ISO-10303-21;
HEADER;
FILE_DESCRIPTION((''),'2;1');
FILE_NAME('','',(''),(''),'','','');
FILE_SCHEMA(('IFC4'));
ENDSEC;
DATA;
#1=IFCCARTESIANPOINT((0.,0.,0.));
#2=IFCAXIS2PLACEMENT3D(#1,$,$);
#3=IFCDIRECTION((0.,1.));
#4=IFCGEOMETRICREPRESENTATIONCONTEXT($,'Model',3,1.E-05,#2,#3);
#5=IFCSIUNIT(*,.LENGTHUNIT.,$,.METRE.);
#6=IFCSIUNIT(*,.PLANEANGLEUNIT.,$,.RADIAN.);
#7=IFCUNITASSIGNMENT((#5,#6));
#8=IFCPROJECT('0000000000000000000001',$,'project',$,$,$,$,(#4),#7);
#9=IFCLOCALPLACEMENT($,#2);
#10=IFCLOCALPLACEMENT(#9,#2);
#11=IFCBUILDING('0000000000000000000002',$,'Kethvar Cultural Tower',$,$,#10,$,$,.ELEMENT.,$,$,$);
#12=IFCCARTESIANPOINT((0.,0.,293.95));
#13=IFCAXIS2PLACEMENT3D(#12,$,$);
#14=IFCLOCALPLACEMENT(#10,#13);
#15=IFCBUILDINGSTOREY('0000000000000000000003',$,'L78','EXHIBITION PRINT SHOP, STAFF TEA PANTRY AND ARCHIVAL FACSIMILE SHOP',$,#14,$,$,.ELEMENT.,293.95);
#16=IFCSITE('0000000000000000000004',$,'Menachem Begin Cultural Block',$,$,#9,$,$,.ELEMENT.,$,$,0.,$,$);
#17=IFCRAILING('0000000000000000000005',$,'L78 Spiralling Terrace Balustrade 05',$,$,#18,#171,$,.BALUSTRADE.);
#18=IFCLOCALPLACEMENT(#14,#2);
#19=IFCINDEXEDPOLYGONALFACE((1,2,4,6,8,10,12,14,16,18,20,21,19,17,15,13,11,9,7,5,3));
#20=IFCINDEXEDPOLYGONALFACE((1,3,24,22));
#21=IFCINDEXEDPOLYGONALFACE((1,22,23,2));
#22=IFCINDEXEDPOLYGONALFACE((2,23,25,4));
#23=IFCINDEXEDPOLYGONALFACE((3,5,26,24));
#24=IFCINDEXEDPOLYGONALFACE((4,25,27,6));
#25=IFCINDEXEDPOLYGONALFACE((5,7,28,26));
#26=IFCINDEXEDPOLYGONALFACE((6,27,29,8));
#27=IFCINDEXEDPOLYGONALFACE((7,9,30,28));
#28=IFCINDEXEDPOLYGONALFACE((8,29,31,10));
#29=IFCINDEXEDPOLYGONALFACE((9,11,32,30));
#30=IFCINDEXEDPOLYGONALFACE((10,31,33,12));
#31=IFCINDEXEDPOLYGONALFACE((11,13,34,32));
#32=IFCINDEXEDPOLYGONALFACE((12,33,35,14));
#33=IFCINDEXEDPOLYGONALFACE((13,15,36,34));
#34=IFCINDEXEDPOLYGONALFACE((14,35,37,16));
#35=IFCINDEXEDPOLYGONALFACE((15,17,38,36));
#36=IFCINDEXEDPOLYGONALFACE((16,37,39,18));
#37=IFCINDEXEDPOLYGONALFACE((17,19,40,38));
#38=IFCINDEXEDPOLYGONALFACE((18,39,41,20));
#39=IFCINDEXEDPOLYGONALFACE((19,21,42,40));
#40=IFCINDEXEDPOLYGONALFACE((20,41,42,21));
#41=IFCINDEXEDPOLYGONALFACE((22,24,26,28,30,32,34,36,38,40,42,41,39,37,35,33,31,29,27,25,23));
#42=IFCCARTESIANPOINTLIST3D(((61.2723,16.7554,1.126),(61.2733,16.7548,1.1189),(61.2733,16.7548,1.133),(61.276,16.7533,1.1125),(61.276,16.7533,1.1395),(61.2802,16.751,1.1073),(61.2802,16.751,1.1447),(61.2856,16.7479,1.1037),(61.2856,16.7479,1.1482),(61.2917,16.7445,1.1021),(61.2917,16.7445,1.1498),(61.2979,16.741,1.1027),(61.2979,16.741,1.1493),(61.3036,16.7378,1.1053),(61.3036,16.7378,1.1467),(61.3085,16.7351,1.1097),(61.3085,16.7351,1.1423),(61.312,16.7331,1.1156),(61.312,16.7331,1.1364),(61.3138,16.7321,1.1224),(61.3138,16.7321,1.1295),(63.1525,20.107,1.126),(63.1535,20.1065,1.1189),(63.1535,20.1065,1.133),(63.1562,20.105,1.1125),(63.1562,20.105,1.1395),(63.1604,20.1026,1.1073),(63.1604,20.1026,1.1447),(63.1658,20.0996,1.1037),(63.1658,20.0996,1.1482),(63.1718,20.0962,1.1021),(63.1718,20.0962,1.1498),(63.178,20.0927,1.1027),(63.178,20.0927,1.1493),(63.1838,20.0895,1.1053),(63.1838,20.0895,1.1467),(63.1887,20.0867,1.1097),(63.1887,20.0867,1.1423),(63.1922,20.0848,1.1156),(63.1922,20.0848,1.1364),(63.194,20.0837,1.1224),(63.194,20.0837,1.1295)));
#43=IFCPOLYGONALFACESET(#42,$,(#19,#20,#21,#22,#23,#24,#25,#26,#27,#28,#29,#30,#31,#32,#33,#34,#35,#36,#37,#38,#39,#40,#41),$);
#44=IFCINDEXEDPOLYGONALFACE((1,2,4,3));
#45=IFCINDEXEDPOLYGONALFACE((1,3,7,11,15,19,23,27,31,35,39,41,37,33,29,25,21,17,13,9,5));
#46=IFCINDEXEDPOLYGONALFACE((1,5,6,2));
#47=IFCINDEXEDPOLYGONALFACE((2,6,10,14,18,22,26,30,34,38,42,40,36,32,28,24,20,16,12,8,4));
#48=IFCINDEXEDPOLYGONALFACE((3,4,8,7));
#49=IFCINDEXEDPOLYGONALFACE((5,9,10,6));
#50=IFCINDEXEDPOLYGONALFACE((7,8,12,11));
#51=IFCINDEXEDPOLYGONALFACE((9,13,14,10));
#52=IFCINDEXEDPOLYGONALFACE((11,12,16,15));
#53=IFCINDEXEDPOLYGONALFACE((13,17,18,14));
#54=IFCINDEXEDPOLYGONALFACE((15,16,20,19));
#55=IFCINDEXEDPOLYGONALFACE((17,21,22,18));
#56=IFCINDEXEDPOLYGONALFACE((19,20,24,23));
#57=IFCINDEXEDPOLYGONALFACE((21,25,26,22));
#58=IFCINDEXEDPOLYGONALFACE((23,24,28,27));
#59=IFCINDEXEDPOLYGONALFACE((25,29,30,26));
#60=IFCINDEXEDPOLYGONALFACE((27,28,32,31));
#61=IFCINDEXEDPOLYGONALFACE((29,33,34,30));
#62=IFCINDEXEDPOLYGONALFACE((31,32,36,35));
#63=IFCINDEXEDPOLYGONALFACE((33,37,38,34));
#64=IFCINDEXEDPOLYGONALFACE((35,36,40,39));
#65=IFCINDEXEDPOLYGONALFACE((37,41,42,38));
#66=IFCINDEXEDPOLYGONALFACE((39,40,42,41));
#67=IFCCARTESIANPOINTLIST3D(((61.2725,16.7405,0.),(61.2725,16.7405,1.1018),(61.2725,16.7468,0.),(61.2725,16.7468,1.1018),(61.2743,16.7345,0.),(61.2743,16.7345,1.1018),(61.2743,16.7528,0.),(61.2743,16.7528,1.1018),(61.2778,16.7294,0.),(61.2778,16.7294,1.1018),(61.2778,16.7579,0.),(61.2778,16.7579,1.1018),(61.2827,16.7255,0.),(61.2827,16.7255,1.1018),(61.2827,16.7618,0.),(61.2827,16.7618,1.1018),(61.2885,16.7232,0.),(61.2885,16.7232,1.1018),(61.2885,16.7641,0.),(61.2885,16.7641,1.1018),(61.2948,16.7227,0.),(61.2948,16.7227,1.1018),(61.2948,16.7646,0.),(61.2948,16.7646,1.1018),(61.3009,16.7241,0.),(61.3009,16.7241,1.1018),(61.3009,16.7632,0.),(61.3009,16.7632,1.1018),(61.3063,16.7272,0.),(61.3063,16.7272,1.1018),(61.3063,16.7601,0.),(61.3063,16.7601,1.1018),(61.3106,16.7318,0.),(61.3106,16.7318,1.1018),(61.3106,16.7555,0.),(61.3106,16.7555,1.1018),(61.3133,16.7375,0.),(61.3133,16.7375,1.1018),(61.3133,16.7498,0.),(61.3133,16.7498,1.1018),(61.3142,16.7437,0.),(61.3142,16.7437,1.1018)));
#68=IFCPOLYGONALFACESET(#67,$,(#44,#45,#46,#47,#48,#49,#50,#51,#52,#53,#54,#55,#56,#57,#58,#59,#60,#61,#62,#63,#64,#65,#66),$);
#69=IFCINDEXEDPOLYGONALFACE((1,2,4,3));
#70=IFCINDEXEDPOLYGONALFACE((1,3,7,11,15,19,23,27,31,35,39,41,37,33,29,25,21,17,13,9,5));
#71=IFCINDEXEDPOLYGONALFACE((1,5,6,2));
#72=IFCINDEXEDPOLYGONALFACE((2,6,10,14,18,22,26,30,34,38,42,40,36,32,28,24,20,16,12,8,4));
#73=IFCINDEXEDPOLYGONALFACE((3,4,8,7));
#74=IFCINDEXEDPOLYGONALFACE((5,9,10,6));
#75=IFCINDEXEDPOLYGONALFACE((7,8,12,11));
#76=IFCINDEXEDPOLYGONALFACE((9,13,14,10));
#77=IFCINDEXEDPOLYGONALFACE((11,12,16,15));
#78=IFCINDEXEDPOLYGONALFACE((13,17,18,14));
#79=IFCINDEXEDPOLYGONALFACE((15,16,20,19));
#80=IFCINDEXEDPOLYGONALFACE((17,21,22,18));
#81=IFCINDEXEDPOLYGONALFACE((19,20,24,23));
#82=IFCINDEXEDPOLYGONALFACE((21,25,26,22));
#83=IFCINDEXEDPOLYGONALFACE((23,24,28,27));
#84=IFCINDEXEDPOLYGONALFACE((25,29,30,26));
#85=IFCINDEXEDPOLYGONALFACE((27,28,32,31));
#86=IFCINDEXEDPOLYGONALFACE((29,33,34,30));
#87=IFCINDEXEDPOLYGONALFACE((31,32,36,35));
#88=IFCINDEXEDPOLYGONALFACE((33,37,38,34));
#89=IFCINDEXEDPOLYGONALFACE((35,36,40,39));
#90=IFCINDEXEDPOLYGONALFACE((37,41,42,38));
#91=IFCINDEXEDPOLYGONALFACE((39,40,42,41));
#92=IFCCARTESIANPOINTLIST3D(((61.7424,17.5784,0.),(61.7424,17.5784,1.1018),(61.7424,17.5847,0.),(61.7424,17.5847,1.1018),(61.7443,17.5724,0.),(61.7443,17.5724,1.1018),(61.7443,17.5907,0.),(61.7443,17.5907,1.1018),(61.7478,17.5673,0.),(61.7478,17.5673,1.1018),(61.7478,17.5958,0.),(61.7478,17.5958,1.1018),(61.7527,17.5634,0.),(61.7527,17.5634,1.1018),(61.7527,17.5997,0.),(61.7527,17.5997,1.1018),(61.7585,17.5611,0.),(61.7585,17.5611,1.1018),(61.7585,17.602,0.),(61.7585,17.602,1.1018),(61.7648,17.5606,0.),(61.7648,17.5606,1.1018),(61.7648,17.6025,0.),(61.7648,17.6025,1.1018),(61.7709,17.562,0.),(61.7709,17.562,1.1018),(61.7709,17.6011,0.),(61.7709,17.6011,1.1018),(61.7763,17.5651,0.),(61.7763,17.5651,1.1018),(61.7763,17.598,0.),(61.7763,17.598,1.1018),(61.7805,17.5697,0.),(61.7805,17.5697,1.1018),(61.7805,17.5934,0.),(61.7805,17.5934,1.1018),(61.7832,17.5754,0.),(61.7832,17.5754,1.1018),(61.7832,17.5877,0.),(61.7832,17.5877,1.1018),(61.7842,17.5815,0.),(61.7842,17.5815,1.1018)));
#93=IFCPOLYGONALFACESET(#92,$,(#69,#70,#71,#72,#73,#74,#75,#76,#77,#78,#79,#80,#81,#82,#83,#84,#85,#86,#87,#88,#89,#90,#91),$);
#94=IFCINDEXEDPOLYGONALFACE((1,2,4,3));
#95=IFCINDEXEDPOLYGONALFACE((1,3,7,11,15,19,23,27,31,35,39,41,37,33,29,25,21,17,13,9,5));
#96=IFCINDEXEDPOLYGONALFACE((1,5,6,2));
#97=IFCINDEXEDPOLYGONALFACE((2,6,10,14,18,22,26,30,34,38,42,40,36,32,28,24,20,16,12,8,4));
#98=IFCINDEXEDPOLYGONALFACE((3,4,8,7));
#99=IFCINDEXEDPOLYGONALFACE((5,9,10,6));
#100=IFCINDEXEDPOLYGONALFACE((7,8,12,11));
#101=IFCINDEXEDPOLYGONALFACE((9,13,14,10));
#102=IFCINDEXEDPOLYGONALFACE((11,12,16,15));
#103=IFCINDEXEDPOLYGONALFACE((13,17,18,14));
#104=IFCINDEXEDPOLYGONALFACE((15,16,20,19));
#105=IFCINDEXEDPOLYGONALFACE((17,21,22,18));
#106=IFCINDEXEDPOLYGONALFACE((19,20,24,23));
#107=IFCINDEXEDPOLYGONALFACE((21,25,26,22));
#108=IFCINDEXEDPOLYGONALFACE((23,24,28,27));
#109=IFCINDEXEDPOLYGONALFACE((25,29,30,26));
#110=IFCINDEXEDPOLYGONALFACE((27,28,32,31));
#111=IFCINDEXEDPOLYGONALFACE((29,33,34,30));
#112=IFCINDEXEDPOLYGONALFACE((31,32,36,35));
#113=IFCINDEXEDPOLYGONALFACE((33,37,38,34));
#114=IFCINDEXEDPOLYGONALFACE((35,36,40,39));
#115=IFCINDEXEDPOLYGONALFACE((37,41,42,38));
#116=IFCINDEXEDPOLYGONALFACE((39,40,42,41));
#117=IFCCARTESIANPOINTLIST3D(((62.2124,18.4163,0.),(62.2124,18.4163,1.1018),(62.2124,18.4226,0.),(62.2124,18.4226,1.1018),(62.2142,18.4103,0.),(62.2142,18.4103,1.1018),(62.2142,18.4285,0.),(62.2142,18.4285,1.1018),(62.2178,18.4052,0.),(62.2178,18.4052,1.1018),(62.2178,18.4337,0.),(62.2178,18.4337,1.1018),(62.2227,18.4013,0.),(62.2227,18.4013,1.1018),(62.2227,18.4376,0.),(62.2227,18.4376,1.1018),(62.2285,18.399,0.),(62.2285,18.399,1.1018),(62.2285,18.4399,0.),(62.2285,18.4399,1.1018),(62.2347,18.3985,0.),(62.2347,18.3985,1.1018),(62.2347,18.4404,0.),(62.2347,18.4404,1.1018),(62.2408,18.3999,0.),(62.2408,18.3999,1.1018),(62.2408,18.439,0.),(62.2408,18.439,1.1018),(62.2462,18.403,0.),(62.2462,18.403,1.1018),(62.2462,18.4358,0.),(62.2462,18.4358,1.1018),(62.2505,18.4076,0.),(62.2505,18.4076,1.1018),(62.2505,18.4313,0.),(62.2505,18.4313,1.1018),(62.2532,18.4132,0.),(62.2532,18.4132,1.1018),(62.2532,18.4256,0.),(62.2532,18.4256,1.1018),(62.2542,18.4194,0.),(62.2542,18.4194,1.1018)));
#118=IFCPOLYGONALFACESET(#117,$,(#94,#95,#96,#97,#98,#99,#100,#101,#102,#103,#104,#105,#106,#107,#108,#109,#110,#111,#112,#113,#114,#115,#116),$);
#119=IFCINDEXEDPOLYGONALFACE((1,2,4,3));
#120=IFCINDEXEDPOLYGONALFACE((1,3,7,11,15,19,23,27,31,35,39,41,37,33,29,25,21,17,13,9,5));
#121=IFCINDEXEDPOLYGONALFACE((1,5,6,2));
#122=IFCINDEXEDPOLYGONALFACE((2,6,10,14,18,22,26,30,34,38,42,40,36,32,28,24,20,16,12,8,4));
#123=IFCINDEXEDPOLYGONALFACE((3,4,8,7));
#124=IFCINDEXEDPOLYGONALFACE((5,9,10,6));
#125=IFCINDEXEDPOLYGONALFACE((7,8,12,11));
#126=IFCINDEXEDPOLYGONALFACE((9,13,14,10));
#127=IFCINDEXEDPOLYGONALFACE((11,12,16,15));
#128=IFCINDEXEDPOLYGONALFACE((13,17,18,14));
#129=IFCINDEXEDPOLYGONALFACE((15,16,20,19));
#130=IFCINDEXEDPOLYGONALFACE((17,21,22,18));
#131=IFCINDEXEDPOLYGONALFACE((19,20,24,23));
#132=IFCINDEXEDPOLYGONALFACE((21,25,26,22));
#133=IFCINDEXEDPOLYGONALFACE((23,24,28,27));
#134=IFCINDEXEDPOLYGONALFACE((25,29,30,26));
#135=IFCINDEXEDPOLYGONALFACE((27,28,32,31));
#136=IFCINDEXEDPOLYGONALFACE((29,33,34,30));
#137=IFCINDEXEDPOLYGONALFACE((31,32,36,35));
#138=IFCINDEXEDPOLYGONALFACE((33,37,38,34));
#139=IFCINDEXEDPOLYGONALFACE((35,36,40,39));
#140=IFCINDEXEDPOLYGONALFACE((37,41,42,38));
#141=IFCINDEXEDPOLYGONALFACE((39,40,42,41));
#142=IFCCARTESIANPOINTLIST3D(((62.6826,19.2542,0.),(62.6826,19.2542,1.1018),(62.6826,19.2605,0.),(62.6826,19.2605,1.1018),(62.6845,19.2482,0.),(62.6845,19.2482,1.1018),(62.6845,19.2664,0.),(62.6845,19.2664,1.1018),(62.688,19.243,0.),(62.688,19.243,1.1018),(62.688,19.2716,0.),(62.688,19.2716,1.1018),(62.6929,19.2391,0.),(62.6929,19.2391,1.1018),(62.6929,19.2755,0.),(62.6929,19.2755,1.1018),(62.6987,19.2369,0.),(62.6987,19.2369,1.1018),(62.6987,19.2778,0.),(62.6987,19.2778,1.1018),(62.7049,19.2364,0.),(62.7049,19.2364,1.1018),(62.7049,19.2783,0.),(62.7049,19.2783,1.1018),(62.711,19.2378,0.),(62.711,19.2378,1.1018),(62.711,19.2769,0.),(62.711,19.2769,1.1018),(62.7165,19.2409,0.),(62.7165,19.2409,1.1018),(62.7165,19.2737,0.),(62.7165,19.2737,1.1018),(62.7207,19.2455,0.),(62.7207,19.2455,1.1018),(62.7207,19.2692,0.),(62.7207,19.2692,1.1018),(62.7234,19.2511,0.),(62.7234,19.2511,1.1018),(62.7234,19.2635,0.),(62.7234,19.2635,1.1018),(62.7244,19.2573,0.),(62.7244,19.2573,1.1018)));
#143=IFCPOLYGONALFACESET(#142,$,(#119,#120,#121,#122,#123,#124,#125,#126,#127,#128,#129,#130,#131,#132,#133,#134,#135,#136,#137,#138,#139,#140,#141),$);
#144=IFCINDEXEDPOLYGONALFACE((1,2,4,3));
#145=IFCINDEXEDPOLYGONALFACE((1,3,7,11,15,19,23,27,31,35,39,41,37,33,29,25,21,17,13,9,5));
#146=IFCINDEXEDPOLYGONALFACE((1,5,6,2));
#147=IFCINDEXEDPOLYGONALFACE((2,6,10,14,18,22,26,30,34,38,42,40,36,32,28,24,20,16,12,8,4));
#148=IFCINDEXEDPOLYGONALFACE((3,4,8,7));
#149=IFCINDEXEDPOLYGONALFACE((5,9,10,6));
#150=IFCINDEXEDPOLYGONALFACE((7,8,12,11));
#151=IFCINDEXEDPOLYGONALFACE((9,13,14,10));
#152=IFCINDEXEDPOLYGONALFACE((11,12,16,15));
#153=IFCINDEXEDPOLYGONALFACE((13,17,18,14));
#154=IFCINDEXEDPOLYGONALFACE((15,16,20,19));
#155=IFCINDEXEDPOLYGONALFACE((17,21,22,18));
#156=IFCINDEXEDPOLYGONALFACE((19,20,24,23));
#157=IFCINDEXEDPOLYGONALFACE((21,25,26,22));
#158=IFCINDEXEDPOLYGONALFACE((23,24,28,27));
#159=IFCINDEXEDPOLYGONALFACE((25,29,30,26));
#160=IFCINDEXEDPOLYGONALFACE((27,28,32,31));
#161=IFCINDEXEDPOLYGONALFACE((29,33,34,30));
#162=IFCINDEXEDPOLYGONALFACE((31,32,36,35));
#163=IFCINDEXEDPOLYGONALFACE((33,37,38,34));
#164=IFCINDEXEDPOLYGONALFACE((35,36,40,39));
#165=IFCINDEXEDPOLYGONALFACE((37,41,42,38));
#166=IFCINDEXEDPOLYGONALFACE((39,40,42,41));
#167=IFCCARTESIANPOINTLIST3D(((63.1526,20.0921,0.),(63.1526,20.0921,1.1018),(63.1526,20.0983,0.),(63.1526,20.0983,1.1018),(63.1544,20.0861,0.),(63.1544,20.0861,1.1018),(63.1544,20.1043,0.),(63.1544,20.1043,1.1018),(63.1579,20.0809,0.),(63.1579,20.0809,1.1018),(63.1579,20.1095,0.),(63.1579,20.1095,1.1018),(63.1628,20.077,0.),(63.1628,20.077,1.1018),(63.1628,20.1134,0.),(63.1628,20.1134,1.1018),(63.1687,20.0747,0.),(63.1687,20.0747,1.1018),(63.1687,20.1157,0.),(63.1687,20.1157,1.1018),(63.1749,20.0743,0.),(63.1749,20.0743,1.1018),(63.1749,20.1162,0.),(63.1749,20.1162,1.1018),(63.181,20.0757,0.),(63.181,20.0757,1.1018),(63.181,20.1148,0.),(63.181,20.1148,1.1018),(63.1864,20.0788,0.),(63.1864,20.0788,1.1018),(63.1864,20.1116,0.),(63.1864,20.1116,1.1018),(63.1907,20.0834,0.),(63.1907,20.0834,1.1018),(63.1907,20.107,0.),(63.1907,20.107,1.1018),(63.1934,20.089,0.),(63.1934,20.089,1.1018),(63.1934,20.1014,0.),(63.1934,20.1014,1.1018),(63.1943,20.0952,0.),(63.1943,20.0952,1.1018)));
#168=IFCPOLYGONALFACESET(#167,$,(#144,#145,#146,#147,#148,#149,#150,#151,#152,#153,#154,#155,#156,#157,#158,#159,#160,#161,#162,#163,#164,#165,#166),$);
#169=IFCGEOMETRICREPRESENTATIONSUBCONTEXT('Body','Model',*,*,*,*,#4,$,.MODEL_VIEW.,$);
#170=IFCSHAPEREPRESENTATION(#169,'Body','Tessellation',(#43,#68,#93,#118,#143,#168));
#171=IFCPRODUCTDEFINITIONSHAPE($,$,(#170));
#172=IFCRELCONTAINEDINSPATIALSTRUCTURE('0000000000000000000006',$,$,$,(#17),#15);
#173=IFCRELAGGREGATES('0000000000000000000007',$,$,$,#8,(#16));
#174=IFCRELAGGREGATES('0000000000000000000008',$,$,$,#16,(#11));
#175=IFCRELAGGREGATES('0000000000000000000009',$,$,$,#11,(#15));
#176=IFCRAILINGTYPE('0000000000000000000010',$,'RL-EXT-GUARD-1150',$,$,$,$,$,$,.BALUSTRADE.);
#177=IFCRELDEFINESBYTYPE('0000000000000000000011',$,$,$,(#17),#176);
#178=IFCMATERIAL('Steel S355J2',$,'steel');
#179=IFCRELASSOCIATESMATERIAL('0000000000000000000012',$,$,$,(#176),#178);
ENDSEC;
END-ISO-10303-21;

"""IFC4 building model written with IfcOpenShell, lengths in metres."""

from ifc_helpers import new_model, si_unit, direction, frame, origin, origin_2d, place, context, subcontext, project, spatial, circle, extrude, material, type_object, element, save


model = new_model("IFC4")

# Units and contexts
model_context = context("Model", 3, precision=1e-05, world=origin(), true_north=direction((0.0, 1.0)))
body_context = subcontext(model_context, "Body", "Model", "MODEL_VIEW")
ifc_project = project(units=[si_unit("LENGTHUNIT", "METRE"), si_unit("PLANEANGLEUNIT", "RADIAN")], contexts=[model_context])

# Site, building, storey
site_placement = place(None, origin())
site = spatial("IfcSite", under=ifc_project, at=site_placement, Name="Menachem Begin Cultural Block", CompositionType="ELEMENT", RefElevation=0.0)
building_placement = place(site_placement, origin())
building = spatial("IfcBuilding", under=site, at=building_placement, Name="Kethvar Cultural Tower", CompositionType="ELEMENT")
storey_placement = place(building_placement, frame((0.0, 0.0, 293.95)))
storey = spatial("IfcBuildingStorey", under=building, at=storey_placement, Name="L78", Description="EXHIBITION PRINT SHOP, STAFF TEA PANTRY AND ARCHIVAL FACSIMILE SHOP", CompositionType="ELEMENT", Elevation=293.95)

# Shared definitions
ifc_material_1 = material(Name="Steel S355J2", Category="steel")

# Railing
railing_type = type_object("IfcRailingType", Name="RL-EXT-GUARD-1150", PredefinedType="BALUSTRADE", material=ifc_material_1)
railing_1_placement = place(storey_placement, frame((61.2932, 16.7437, 0.0)))
element("IfcRailing", 1, at=railing_1_placement, inside=storey, type_object=railing_type, Name="L78 Spiralling Terrace Balustrade 05", PredefinedType="BALUSTRADE", context=body_context, shape_type="SweptSolid", body=[
    extrude(circle(Radius=0.0239, at=origin_2d()), frame((0.0, 0.0, 1.126), z_axis=(0.489247, 0.872145, 0.0), x_axis=(-0.872145, 0.489247, 0.0)), (0.0, 0.0, 1.0), 3.843),
    extrude(circle(Radius=0.021, at=origin_2d()), origin(), (0.0, 0.0, 1.0), 1.1018),
    extrude(circle(Radius=0.021, at=origin_2d()), frame((0.47, 0.8379, 0.0)), (0.0, 0.0, 1.0), 1.1018),
    extrude(circle(Radius=0.021, at=origin_2d()), frame((0.9399, 1.6758, 0.0)), (0.0, 0.0, 1.0), 1.1018),
    extrude(circle(Radius=0.021, at=origin_2d()), frame((1.4102, 2.5137, 0.0)), (0.0, 0.0, 1.0), 1.1018),
    extrude(circle(Radius=0.021, at=origin_2d()), frame((1.8801, 3.3516, 0.0)), (0.0, 0.0, 1.0), 1.1018),
])

save(model, "model.ifc")
